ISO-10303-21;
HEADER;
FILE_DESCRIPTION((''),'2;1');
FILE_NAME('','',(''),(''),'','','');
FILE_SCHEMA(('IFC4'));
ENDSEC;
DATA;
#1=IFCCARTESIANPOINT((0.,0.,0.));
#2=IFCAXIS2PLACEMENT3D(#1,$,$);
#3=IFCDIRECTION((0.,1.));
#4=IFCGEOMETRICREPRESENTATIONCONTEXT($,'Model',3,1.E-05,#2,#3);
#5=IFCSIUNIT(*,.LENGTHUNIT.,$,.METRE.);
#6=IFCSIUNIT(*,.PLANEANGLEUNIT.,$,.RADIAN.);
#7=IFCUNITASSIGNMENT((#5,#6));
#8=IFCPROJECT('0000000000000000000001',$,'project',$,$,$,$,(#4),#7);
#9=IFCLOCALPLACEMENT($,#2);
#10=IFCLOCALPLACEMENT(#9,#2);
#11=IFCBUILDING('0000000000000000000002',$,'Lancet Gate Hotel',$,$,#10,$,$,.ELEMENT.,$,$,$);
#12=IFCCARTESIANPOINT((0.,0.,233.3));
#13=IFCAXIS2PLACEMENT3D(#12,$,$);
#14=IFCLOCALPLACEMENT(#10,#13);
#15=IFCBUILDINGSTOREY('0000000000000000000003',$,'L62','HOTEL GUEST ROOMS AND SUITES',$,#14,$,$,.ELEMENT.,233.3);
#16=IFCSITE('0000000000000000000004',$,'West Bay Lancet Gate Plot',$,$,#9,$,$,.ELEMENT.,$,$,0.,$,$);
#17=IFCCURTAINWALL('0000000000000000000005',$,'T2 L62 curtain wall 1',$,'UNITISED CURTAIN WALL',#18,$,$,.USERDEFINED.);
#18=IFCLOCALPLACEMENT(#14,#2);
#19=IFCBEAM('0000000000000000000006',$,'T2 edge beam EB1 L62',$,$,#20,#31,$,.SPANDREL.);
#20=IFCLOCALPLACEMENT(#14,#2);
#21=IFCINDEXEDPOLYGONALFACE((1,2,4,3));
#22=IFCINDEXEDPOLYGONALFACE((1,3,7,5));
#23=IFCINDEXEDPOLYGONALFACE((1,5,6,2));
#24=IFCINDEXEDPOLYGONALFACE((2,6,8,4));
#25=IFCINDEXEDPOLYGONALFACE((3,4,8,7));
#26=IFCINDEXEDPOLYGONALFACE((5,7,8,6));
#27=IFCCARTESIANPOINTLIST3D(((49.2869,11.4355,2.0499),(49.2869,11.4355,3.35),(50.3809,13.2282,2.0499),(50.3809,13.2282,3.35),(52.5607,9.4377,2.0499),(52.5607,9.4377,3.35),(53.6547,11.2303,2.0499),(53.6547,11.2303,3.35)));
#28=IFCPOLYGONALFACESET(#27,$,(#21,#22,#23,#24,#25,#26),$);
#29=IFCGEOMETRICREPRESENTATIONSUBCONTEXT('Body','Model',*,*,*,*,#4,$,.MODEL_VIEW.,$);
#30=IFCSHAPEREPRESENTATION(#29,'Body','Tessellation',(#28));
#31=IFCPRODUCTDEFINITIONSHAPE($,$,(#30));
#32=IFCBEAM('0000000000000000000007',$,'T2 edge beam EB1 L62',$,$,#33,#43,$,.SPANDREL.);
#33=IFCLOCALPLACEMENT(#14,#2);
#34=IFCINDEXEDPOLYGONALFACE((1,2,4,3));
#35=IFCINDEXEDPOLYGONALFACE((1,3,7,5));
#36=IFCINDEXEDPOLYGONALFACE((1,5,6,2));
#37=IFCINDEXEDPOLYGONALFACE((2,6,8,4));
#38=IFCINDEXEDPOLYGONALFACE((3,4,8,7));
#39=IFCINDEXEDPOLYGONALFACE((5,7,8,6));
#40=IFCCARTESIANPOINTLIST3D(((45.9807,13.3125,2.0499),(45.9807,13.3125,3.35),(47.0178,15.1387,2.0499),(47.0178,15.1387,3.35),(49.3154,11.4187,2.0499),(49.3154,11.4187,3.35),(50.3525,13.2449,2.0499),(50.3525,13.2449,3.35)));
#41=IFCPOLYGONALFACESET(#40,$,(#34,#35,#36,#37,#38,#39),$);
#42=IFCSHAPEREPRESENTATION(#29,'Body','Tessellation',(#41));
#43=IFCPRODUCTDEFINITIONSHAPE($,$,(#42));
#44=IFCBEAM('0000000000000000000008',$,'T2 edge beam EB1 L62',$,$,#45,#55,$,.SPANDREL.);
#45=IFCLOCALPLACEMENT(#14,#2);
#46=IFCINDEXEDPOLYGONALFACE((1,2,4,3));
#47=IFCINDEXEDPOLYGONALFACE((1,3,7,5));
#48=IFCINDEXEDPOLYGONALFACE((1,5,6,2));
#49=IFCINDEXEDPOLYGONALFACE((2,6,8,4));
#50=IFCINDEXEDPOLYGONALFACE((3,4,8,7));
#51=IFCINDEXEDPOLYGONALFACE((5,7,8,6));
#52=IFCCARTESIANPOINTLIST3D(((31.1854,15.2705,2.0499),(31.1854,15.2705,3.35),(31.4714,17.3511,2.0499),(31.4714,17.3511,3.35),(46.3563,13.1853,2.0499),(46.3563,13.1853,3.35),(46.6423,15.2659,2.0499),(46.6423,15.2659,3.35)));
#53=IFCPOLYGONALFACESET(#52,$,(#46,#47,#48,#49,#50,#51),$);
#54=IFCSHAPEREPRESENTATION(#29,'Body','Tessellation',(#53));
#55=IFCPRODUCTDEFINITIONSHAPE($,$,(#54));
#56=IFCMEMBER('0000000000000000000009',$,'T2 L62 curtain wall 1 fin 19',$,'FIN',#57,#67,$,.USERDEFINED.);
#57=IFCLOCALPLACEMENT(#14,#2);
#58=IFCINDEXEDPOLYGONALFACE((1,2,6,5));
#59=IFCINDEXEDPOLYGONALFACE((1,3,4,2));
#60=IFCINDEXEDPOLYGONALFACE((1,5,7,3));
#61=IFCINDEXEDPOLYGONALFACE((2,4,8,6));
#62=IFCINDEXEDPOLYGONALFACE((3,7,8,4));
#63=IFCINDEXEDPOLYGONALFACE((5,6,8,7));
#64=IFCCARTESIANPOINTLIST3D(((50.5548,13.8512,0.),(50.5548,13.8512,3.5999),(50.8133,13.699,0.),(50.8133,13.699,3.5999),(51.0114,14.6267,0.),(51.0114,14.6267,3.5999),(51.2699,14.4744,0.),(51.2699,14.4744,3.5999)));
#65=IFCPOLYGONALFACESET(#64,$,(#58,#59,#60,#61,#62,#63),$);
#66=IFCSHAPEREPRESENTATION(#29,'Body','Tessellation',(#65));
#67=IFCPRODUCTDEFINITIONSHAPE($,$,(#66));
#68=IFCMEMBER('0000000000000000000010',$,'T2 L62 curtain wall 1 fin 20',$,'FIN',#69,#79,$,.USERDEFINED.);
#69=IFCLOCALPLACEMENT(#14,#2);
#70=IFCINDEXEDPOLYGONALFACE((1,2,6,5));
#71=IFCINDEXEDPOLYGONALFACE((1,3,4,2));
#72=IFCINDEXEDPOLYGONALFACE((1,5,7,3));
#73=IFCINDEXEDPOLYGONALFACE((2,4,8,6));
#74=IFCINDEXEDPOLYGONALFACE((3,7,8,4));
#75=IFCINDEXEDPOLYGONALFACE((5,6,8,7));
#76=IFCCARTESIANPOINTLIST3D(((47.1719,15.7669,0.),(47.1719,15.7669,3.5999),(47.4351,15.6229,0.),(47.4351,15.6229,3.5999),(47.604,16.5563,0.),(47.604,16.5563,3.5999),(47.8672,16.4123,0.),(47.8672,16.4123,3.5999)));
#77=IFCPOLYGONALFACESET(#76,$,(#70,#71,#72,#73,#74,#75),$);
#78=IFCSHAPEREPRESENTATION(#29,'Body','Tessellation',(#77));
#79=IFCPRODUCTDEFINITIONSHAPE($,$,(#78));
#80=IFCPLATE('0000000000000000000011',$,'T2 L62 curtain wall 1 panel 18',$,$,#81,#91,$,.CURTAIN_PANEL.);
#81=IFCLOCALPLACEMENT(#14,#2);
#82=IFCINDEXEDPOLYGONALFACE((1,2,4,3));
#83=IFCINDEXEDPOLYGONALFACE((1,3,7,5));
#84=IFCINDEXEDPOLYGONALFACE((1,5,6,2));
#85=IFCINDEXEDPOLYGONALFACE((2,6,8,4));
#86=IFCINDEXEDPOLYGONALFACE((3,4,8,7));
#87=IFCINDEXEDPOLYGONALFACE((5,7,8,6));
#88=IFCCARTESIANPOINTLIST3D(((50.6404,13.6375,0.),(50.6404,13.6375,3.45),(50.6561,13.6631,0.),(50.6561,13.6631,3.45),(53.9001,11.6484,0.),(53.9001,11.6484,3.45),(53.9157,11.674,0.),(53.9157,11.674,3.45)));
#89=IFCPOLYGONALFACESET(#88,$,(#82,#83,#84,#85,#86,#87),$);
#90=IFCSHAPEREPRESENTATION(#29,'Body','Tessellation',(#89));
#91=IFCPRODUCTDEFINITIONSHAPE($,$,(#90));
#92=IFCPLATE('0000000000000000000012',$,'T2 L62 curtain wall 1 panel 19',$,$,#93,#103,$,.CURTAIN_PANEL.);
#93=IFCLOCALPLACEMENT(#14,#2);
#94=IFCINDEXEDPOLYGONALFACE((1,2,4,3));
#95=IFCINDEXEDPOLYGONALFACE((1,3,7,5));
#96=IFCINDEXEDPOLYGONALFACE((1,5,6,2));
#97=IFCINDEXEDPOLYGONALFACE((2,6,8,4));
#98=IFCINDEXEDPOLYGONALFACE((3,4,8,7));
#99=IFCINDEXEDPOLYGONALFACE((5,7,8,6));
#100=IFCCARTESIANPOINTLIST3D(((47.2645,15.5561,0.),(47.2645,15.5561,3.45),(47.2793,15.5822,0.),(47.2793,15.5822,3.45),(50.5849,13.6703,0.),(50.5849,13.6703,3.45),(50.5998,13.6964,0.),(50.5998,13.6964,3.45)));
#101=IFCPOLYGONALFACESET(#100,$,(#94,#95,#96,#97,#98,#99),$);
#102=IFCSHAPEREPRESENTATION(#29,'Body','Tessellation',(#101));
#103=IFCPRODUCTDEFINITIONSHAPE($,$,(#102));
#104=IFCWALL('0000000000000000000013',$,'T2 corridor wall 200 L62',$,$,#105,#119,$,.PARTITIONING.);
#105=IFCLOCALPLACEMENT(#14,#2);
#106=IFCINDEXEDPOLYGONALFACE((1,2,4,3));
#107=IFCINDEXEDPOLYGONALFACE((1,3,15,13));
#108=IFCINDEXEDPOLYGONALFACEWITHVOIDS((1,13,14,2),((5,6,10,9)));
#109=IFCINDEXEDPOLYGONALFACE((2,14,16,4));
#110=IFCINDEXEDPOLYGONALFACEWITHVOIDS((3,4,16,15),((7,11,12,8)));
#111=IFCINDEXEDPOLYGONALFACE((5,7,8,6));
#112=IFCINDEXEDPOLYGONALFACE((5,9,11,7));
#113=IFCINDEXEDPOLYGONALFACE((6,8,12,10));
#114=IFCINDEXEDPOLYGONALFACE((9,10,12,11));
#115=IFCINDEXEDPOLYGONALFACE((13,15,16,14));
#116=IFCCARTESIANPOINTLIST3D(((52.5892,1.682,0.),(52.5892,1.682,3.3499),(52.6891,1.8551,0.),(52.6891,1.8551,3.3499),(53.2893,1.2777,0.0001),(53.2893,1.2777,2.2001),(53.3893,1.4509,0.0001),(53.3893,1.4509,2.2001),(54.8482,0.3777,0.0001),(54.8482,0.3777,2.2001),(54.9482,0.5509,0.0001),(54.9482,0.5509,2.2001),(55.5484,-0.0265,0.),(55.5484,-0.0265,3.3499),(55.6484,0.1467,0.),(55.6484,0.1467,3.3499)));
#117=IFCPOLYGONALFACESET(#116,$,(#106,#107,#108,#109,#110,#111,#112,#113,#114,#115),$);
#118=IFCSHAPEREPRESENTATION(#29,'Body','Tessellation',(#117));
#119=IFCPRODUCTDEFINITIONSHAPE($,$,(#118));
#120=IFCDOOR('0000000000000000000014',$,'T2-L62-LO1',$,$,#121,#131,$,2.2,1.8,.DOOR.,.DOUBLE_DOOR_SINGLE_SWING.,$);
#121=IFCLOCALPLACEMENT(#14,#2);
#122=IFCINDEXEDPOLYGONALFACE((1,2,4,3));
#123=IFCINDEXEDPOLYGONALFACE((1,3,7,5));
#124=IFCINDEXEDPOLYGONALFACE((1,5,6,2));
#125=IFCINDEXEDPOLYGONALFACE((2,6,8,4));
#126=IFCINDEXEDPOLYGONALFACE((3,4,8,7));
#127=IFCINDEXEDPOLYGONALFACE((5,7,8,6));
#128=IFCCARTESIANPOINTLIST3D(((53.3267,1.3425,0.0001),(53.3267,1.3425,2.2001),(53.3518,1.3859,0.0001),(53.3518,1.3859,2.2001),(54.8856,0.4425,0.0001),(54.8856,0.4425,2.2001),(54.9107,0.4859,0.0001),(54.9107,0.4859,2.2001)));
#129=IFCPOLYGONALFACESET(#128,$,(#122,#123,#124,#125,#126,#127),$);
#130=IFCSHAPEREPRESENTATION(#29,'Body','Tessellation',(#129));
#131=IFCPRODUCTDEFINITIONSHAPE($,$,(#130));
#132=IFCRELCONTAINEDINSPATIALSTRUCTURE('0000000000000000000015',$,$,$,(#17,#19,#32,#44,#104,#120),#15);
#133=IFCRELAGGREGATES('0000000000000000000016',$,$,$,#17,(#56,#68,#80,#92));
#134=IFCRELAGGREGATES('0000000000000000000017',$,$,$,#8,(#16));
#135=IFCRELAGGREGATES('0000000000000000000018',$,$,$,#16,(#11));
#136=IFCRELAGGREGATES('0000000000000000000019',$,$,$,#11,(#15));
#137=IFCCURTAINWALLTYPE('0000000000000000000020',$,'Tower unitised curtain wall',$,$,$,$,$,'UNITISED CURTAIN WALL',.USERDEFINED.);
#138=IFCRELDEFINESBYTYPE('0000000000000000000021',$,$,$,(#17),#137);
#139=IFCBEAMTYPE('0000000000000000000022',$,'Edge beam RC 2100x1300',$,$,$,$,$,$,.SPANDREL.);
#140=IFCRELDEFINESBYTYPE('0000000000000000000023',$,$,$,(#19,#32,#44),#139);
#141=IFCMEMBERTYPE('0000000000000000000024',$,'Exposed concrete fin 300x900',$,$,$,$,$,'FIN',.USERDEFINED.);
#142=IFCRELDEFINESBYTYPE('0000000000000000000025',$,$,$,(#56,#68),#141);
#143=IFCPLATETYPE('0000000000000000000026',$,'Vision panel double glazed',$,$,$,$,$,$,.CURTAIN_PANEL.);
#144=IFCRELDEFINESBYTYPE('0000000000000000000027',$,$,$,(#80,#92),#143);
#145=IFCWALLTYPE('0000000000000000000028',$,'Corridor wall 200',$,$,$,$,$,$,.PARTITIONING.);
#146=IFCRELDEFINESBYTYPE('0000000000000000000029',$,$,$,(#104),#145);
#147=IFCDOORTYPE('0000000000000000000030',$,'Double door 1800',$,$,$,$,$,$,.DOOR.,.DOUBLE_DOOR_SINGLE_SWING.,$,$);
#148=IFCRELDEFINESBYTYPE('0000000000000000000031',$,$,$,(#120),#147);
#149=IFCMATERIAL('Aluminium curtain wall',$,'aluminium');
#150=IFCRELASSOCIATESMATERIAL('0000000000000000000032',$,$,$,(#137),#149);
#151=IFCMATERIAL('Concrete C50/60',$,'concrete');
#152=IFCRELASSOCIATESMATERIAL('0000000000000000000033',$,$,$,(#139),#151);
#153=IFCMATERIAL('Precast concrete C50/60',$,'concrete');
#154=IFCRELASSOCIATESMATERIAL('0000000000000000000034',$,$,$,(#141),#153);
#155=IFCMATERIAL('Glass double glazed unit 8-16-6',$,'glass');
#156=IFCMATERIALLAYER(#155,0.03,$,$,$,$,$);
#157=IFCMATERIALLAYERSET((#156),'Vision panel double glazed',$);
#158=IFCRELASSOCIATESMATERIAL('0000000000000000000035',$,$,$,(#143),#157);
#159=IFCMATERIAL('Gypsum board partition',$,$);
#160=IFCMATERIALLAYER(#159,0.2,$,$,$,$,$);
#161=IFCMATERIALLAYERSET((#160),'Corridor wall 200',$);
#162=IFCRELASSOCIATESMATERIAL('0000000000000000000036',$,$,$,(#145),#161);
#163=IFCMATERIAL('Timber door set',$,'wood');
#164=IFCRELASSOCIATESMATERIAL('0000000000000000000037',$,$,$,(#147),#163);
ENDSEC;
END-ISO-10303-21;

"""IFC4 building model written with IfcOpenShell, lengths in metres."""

from ifc_helpers import new_model, si_unit, direction, frame, frame_2d, origin, origin_2d, place, context, subcontext, project, spatial, rectangle, extrude, material, layer, layer_set, material_profile, profile_set, type_object, element, fill, aggregate, save


model = new_model("IFC4")

# Units and contexts
model_context = context("Model", 3, precision=1e-05, world=origin(), true_north=direction((0.0, 1.0)))
body_context = subcontext(model_context, "Body", "Model", "MODEL_VIEW")
ifc_project = project(units=[si_unit("LENGTHUNIT", "METRE"), si_unit("PLANEANGLEUNIT", "RADIAN")], contexts=[model_context])

# Site, building, storey
site_placement = place(None, origin())
site = spatial("IfcSite", under=ifc_project, at=site_placement, Name="West Bay Lancet Gate Plot", CompositionType="ELEMENT", RefElevation=0.0)
building_placement = place(site_placement, origin())
building = spatial("IfcBuilding", under=site, at=building_placement, Name="Lancet Gate Hotel", CompositionType="ELEMENT")
storey_placement = place(building_placement, frame((0.0, 0.0, 233.3)))
storey = spatial("IfcBuildingStorey", under=building, at=storey_placement, Name="L62", Description="HOTEL GUEST ROOMS AND SUITES", CompositionType="ELEMENT", Elevation=233.3)

# Curtain wall
ifc_material_1 = material(Name="Aluminium curtain wall", Category="aluminium")
curtain_wall_type = type_object("IfcCurtainWallType", Name="Tower unitised curtain wall", ElementType="UNITISED CURTAIN WALL", PredefinedType="USERDEFINED", material=ifc_material_1)
curtain_wall_placement = place(storey_placement, origin())
curtain_wall = element("IfcCurtainWall", 1, at=curtain_wall_placement, inside=storey, type_object=curtain_wall_type, Name="T2 L62 curtain wall 1", ObjectType="UNITISED CURTAIN WALL", PredefinedType="USERDEFINED")

# Beams
ifc_material_2 = material(Name="Concrete C50/60", Category="concrete")
ifc_material_profile_1 = material_profile(ifc_material_2, rectangle(XDim=2.1001, YDim=1.3, at=origin_2d()), Name="RC 2100x1300")
ifc_profile_set_1 = profile_set([ifc_material_profile_1], Name="Concrete C50/60")
beam_type = type_object("IfcBeamType", Name="Edge beam RC 2100x1300", PredefinedType="SPANDREL", material=ifc_profile_set_1)
beam_1_placement = place(storey_placement, frame((53.1077, 10.334, 2.7), z_axis=(-0.853604, 0.520922, 0.0), x_axis=(-0.520922, -0.853604, 0.0)))
element("IfcBeam", 2, at=beam_1_placement, inside=storey, type_object=beam_type, Name="T2 edge beam EB1 L62", PredefinedType="SPANDREL", context=body_context, shape_type="SweptSolid", body=[
    extrude(rectangle(XDim=2.1001, YDim=1.3, at=origin_2d()), origin(), (0.0, 0.0, 1.0), 3.8352),
])
beam_2_placement = place(storey_placement, frame((49.834, 12.3318, 2.7), z_axis=(-0.86956, 0.493827, 0.0), x_axis=(-0.493827, -0.86956, 0.0)))
element("IfcBeam", 3, at=beam_2_placement, inside=storey, type_object=beam_type, Name="T2 edge beam EB1 L62", PredefinedType="SPANDREL", context=body_context, shape_type="SweptSolid", body=[
    extrude(rectangle(XDim=2.1001, YDim=1.3, at=origin_2d()), origin(), (0.0, 0.0, 1.0), 3.835),
])
beam_3_placement = place(storey_placement, frame((46.4993, 14.2256, 2.7), z_axis=(-0.990686, 0.136167, 0.0), x_axis=(-0.136167, -0.990686, 0.0)))
element("IfcBeam", 4, at=beam_3_placement, inside=storey, type_object=beam_type, Name="T2 edge beam EB1 L62", PredefinedType="SPANDREL", context=body_context, shape_type="SweptSolid", body=[
    extrude(rectangle(XDim=2.1001, YDim=1.3, at=origin_2d()), origin(), (0.0, 0.0, 1.0), 15.3135),
])

# Members
ifc_material_3 = material(Name="Precast concrete C50/60", Category="concrete")
ifc_material_profile_2 = material_profile(ifc_material_3, rectangle(XDim=0.3, YDim=0.8999, at=origin_2d()), Name="FIN 300x900")
ifc_profile_set_2 = profile_set([ifc_material_profile_2], Name="Precast concrete C50/60")
member_type_1 = type_object("IfcMemberType", Name="Exposed concrete fin 300x900", ElementType="FIN", PredefinedType="USERDEFINED", material=ifc_profile_set_2)
member_1_placement = place(storey_placement, frame((50.9124, 14.1628, 0.0), z_axis=(0.0, 0.0, 1.0), x_axis=(-0.861692, 0.507432, 0.0)))
member_1 = element("IfcMember", 5, at=member_1_placement, type_object=member_type_1, Name="T2 L62 curtain wall 1 fin 19", ObjectType="FIN", PredefinedType="USERDEFINED", context=body_context, shape_type="SweptSolid", body=[
    extrude(rectangle(XDim=0.3, YDim=0.8999, at=origin_2d()), origin(), (0.0, 0.0, 1.0), 3.5999),
])
member_2_placement = place(storey_placement, frame((47.5195, 16.0896, 0.0), z_axis=(0.0, 0.0, 1.0), x_axis=(-0.877195, 0.480135, 0.0)))
member_2 = element("IfcMember", 6, at=member_2_placement, type_object=member_type_1, Name="T2 L62 curtain wall 1 fin 20", ObjectType="FIN", PredefinedType="USERDEFINED", context=body_context, shape_type="SweptSolid", body=[
    extrude(rectangle(XDim=0.3, YDim=0.8999, at=origin_2d()), origin(), (0.0, 0.0, 1.0), 3.5999),
])

# Plates
ifc_material_4 = material(Name="Glass double glazed unit 8-16-6", Category="glass")
ifc_layer_1 = layer(ifc_material_4, 0.03)
ifc_layer_set_1 = layer_set([ifc_layer_1], Name="Vision panel double glazed")
plate_type = type_object("IfcPlateType", Name="Vision panel double glazed", PredefinedType="CURTAIN_PANEL", material=ifc_layer_set_1)
plate_1_placement = place(storey_placement, frame((52.2781, 12.6558, 0.0), z_axis=(0.0, 0.0, 1.0), x_axis=(-0.853621, 0.520895, 0.0)))
plate_1 = element("IfcPlate", 7, at=plate_1_placement, type_object=plate_type, Name="T2 L62 curtain wall 1 panel 18", PredefinedType="CURTAIN_PANEL", context=body_context, shape_type="SweptSolid", body=[
    extrude(rectangle(XDim=3.8186, YDim=0.03, at=origin_2d()), origin(), (0.0, 0.0, 1.0), 3.45),
])
plate_2_placement = place(storey_placement, frame((48.9321, 14.6262, 0.0), z_axis=(0.0, 0.0, 1.0), x_axis=(-0.86955, 0.493844, 0.0)))
plate_2 = element("IfcPlate", 8, at=plate_2_placement, type_object=plate_type, Name="T2 L62 curtain wall 1 panel 19", PredefinedType="CURTAIN_PANEL", context=body_context, shape_type="SweptSolid", body=[
    extrude(rectangle(XDim=3.8186, YDim=0.03, at=origin_2d()), origin(), (0.0, 0.0, 1.0), 3.45),
])
aggregate(curtain_wall, [member_1, member_2, plate_1, plate_2])

# Wall, opening, door
ifc_material_5 = material(Name="Gypsum board partition")
ifc_layer_2 = layer(ifc_material_5, 0.2)
ifc_layer_set_2 = layer_set([ifc_layer_2], Name="Corridor wall 200")
wall_type_1 = type_object("IfcWallType", Name="Corridor wall 200", PredefinedType="PARTITIONING", material=ifc_layer_set_2)
wall_1_placement = place(storey_placement, frame((52.6392, 1.7686, 0.0), z_axis=(0.0, 0.0, 1.0), x_axis=(0.866027, -0.499997, 0.0)))
wall_1 = element("IfcWall", 9, at=wall_1_placement, inside=storey, type_object=wall_type_1, Name="T2 corridor wall 200 L62", PredefinedType="PARTITIONING", context=body_context, shape_type="SweptSolid", body=[
    extrude(rectangle(XDim=3.417, YDim=0.2, at=frame_2d((1.7085, 0.0))), origin(), (0.0, 0.0, 1.0), 3.3499),
])
opening_1_placement = place(wall_1_placement, frame((0.8086, 0.0, 0.0)))
opening_1 = element("IfcOpeningElement", 10, at=opening_1_placement, cuts=wall_1, PredefinedType="OPENING", context=body_context, shape_type="SweptSolid", body=[
    extrude(rectangle(XDim=1.8, YDim=2.2, at=frame_2d((0.8999, 1.1001))), frame((0.0, 0.1099, 0.0), z_axis=(0.0, -1.0, 0.0), x_axis=(1.0, 0.0, 0.0)), (0.0, 0.0, 1.0), 0.22),
])
ifc_material_6 = material(Name="Timber door set", Category="wood")
door_type_1 = type_object("IfcDoorType", Name="Double door 1800", OperationType="DOUBLE_DOOR_SINGLE_SWING", PredefinedType="DOOR", material=ifc_material_6)
door_1_placement = place(opening_1_placement, origin())
door_1 = element("IfcDoor", 11, at=door_1_placement, inside=storey, type_object=door_type_1, Name="T2-L62-LO1", OperationType="DOUBLE_DOOR_SINGLE_SWING", OverallHeight=2.2, OverallWidth=1.8, PredefinedType="DOOR", context=body_context, shape_type="SweptSolid", body=[
    extrude(rectangle(XDim=1.8, YDim=2.2, at=frame_2d((0.8999, 1.1001))), frame((0.0, 0.0249, 0.0), z_axis=(0.0, -1.0, 0.0), x_axis=(1.0, 0.0, 0.0)), (0.0, 0.0, 1.0), 0.05),
])
fill(opening_1, door_1)

save(model, "model.ifc")
